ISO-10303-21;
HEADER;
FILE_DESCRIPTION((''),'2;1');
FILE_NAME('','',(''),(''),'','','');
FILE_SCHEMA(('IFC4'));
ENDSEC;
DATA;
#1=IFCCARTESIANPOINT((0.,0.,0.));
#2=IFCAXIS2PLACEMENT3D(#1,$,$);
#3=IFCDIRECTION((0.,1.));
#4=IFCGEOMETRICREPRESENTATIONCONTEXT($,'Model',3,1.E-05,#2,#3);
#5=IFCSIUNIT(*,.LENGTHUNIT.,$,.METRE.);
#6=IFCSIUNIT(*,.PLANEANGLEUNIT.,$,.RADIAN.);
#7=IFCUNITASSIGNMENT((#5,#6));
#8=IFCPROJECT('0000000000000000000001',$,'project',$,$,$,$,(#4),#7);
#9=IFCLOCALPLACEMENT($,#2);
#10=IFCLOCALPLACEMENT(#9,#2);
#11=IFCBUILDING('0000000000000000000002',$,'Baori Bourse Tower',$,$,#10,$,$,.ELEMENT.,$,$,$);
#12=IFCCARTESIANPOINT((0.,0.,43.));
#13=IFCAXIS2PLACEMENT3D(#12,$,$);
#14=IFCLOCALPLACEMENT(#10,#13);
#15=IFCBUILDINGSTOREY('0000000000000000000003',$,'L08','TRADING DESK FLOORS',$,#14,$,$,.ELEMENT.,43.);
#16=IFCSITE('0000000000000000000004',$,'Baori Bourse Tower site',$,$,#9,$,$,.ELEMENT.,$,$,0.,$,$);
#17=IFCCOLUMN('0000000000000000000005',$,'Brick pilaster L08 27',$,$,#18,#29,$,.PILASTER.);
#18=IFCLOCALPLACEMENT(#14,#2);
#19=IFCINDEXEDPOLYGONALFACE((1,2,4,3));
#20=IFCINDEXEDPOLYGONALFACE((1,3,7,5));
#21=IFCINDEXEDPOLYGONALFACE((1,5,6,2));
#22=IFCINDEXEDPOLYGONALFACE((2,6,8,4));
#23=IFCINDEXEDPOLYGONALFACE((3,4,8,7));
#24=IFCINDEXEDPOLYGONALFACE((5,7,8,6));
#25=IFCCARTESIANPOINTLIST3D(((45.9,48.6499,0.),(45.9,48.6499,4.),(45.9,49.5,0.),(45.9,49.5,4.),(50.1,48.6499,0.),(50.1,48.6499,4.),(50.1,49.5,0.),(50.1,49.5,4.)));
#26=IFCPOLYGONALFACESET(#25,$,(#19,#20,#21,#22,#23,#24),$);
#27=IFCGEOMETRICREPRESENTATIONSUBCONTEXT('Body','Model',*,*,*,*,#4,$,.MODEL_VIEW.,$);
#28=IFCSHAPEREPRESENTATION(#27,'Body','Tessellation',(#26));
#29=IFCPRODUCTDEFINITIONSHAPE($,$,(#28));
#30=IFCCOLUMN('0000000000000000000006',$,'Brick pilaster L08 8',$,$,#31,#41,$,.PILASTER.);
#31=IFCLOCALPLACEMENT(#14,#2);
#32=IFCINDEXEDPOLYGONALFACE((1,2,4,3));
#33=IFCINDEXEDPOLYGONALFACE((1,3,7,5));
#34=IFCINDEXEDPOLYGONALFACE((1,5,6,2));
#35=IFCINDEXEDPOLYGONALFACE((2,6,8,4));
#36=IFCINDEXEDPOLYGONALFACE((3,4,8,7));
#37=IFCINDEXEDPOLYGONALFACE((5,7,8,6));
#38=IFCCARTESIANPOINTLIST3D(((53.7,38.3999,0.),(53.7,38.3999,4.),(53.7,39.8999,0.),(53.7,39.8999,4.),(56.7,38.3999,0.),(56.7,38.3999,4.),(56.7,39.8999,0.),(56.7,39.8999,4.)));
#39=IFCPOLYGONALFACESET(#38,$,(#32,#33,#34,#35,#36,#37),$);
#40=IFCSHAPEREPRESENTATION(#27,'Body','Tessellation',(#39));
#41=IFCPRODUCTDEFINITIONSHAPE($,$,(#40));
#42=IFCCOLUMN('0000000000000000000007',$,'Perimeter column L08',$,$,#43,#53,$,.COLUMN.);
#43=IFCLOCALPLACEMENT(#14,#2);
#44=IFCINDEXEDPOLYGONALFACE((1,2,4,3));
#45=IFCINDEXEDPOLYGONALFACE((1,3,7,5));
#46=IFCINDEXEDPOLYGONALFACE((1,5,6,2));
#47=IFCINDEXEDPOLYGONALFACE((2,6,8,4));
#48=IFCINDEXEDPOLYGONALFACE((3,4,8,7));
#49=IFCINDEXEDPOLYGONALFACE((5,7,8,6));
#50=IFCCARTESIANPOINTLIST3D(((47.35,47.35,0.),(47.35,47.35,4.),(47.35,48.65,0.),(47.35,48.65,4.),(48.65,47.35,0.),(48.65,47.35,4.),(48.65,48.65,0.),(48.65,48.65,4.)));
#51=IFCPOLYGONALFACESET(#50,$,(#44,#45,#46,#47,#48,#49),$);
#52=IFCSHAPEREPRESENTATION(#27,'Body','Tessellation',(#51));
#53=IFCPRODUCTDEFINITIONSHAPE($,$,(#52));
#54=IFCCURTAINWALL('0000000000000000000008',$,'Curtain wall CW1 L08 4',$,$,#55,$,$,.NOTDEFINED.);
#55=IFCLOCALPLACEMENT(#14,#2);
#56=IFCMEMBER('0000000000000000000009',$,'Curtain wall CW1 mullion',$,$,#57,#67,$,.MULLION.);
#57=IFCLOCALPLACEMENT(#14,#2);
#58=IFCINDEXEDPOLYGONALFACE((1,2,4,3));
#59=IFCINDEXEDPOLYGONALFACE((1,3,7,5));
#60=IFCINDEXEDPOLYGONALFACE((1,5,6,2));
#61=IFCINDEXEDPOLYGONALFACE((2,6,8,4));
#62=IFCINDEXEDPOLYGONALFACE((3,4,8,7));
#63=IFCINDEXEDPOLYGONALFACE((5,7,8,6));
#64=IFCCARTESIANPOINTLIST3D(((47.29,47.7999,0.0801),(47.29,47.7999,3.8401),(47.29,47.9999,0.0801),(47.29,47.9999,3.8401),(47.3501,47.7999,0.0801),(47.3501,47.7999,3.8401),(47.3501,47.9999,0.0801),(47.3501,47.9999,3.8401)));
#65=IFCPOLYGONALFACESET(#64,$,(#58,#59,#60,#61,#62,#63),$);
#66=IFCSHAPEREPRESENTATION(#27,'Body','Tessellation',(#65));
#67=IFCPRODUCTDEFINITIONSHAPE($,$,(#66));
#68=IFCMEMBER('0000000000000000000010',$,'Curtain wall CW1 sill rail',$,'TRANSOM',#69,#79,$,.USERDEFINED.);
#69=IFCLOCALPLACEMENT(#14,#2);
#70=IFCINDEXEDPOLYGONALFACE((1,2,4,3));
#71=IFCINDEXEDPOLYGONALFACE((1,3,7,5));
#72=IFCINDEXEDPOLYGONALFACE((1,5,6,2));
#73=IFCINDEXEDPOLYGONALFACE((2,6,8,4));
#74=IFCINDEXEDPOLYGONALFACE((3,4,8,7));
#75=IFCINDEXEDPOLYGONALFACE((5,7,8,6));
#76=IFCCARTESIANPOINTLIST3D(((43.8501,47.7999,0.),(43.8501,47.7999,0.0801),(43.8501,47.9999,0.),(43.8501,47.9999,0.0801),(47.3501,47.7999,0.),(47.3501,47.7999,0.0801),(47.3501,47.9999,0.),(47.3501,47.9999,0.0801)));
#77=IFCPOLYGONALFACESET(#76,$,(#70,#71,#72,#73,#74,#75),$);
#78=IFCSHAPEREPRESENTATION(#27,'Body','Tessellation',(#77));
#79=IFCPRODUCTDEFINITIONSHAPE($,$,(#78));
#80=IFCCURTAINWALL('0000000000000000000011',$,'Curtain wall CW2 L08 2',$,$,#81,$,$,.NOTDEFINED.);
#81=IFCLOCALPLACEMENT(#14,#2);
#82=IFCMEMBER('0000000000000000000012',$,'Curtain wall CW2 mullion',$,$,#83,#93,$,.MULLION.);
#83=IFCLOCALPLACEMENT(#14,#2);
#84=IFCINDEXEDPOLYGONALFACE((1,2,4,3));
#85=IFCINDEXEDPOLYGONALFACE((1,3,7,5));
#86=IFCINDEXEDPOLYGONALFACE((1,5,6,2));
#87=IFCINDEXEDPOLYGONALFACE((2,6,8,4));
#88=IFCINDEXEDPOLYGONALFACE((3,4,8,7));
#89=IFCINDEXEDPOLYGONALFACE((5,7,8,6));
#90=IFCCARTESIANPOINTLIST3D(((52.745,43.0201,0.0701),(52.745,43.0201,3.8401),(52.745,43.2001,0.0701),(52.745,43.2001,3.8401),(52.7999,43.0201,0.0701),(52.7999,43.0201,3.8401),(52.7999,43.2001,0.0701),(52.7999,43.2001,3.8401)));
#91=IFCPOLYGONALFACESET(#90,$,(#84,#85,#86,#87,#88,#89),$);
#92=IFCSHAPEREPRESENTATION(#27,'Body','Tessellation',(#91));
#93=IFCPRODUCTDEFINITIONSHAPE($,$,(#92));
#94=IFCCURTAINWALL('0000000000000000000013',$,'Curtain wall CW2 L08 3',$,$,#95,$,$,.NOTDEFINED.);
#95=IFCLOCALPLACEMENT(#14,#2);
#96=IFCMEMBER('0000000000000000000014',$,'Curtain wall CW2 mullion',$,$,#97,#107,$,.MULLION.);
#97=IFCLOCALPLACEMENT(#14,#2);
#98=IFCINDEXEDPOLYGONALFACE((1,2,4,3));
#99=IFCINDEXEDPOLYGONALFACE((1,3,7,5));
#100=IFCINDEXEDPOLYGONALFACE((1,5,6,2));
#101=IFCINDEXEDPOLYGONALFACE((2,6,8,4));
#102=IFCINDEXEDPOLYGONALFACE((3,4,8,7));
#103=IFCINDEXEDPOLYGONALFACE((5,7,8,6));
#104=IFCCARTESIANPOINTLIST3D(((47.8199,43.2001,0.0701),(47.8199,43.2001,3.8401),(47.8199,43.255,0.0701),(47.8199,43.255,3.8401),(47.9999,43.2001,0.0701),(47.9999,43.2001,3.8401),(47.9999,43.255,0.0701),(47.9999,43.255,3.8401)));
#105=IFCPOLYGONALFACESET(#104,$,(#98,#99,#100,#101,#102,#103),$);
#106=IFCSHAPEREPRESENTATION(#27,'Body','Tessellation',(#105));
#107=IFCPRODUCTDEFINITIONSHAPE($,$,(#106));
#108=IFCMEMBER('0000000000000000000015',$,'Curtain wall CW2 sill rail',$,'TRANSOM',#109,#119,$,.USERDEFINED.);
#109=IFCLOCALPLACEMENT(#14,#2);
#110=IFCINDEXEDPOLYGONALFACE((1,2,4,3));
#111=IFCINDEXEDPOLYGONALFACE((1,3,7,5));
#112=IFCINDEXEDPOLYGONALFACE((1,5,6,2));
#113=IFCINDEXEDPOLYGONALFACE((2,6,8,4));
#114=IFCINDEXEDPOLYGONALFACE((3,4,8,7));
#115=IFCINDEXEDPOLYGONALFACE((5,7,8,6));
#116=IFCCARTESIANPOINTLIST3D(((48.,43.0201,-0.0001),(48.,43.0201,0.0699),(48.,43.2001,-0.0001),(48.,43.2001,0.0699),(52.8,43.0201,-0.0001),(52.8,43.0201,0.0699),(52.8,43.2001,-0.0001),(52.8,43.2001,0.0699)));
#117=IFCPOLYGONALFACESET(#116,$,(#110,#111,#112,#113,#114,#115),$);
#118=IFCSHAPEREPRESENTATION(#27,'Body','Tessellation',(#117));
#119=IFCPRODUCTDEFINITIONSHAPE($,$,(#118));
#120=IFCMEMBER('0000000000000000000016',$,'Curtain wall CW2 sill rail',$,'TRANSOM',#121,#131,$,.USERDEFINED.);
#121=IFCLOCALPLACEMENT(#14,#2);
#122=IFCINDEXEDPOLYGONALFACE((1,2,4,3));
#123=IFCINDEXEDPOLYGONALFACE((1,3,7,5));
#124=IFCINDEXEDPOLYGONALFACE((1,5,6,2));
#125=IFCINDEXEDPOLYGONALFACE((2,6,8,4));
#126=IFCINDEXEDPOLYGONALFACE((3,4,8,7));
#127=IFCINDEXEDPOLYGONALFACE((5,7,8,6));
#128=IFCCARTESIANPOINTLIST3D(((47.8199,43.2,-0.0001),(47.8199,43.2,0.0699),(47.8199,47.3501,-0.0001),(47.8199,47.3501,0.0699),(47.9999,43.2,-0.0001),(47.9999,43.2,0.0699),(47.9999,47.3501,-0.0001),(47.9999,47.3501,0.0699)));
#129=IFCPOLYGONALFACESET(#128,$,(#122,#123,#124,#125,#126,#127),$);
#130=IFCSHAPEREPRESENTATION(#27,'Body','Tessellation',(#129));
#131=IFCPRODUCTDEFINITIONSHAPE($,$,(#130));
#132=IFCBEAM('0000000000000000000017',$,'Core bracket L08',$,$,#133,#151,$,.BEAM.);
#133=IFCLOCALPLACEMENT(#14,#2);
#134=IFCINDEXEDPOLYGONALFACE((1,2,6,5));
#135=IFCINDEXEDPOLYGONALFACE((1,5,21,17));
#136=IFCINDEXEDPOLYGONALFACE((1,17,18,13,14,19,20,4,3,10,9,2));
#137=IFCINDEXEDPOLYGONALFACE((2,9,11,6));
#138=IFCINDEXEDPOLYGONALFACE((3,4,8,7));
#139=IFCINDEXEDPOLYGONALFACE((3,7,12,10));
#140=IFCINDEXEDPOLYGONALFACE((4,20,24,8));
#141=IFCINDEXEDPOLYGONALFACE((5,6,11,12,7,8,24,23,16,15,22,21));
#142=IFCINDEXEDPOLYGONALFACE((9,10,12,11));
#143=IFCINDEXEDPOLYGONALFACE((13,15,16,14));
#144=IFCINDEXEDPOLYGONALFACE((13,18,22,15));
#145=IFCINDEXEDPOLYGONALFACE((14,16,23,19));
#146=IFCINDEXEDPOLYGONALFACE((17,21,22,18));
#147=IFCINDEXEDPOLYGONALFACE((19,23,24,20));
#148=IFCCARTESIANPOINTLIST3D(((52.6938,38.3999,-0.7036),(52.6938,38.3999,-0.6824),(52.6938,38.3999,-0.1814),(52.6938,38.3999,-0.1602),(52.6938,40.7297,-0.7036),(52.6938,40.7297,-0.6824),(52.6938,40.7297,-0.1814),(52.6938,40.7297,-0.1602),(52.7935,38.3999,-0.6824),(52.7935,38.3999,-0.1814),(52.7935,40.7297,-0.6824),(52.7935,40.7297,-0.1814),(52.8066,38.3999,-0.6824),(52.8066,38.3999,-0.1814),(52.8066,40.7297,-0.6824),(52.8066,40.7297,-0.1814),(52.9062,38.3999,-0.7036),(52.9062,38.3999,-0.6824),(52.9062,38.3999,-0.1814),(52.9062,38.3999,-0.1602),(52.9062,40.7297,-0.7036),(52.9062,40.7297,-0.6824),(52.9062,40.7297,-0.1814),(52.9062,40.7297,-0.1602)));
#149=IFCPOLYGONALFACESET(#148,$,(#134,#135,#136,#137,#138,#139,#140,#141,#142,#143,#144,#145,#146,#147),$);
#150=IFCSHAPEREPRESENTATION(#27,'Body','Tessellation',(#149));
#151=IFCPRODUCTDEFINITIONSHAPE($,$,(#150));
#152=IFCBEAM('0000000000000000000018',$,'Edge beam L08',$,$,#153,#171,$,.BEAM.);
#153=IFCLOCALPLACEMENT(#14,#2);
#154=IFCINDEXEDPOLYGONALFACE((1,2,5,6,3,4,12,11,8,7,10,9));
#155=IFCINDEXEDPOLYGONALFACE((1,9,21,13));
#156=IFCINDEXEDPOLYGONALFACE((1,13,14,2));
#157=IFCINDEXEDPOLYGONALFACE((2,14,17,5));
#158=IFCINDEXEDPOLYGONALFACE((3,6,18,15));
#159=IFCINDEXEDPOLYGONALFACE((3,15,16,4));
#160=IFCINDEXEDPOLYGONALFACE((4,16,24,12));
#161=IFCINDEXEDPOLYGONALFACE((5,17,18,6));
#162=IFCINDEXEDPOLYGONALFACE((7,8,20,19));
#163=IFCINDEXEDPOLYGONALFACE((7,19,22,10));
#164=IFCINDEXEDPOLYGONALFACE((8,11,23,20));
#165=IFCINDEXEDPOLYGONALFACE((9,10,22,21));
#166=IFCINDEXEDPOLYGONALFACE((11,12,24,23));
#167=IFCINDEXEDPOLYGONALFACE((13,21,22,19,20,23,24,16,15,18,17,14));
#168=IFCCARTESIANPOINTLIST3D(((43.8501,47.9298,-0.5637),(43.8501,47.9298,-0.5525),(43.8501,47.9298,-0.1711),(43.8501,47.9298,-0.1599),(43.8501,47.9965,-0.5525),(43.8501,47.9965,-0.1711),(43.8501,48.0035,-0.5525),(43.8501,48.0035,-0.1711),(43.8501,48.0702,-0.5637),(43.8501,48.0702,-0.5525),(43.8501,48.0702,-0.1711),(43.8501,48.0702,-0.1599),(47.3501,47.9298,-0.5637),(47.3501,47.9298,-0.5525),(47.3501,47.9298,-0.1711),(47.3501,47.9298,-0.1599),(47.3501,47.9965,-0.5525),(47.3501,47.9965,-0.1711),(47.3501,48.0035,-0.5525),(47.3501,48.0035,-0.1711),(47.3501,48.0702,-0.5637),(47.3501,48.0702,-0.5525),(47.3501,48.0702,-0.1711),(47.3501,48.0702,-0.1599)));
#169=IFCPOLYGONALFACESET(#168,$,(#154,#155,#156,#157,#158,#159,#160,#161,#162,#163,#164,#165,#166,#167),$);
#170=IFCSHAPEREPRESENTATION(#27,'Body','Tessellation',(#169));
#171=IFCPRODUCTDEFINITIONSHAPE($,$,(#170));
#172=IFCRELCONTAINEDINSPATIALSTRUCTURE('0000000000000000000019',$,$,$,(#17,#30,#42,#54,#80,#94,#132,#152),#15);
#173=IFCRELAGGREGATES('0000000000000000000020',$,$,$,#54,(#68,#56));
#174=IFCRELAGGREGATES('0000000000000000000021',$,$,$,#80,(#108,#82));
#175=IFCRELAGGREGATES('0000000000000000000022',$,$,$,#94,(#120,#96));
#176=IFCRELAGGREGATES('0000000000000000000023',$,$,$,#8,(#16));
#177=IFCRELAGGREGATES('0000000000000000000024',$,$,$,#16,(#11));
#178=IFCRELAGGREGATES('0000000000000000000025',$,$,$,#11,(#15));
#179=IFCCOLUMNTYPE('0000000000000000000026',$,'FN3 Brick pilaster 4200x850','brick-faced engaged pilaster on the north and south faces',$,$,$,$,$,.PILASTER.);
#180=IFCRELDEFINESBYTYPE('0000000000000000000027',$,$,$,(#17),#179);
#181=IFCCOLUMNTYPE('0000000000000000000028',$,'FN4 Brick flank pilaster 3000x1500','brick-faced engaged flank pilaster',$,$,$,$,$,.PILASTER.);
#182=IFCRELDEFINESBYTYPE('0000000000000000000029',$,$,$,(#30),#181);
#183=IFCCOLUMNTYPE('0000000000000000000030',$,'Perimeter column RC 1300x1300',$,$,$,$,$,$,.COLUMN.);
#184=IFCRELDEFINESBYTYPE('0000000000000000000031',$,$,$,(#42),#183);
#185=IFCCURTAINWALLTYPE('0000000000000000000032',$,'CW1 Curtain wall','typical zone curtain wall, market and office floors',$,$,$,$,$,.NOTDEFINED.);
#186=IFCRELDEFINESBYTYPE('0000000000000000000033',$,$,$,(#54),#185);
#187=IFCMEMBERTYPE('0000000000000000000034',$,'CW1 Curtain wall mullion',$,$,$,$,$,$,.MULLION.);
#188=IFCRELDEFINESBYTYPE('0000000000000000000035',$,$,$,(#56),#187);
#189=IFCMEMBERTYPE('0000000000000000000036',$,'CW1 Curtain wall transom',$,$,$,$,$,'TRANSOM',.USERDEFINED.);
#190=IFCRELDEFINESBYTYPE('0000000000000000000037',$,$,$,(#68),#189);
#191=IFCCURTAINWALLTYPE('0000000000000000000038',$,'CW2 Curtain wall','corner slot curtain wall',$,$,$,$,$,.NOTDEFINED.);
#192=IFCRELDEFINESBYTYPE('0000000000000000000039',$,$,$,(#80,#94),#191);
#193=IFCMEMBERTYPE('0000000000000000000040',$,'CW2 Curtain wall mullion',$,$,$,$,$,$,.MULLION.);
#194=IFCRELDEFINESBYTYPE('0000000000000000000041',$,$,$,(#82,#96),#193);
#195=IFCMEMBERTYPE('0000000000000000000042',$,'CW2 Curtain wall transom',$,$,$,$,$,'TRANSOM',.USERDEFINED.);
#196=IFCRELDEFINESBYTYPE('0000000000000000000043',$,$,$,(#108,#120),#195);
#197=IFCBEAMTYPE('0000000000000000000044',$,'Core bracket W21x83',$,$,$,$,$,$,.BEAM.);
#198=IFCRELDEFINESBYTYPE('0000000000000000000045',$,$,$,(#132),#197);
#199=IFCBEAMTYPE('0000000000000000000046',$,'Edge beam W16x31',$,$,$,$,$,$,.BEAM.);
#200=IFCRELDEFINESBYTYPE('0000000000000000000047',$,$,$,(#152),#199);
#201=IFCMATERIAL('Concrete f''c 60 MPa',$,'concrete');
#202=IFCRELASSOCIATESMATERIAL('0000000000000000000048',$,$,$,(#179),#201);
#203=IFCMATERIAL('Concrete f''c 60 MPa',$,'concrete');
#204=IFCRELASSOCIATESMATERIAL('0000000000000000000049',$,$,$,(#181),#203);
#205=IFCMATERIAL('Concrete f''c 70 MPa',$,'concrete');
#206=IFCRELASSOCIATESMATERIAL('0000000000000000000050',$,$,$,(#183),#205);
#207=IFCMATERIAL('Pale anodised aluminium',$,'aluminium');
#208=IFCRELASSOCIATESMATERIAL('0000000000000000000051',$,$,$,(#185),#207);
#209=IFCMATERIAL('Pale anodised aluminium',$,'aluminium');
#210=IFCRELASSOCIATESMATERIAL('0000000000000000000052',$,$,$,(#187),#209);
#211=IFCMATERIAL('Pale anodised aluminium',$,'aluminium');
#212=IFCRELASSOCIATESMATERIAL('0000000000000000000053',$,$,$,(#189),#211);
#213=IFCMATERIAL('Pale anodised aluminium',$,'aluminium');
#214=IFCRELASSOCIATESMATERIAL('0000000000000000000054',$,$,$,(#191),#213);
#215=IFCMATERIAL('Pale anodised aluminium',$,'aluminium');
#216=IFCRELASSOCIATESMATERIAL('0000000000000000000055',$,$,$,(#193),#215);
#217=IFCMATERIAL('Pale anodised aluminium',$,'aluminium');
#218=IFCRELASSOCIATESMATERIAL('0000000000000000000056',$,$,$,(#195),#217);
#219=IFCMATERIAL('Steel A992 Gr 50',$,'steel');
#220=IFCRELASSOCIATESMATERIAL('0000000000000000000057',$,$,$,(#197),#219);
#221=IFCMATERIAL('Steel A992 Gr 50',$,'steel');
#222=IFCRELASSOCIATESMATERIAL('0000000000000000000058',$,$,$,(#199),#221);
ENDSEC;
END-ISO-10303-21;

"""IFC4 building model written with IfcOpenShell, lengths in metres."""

from ifc_helpers import new_model, si_unit, direction, frame, origin, origin_2d, place, context, subcontext, project, spatial, rectangle, i_section, extrude, material, material_profile, profile_set, type_object, element, aggregate, save


model = new_model("IFC4")

# Units and contexts
model_context = context("Model", 3, precision=1e-05, world=origin(), true_north=direction((0.0, 1.0)))
body_context = subcontext(model_context, "Body", "Model", "MODEL_VIEW")
ifc_project = project(units=[si_unit("LENGTHUNIT", "METRE"), si_unit("PLANEANGLEUNIT", "RADIAN")], contexts=[model_context])

# Site, building, storey
site_placement = place(None, origin())
site = spatial("IfcSite", under=ifc_project, at=site_placement, Name="Baori Bourse Tower site", CompositionType="ELEMENT", RefElevation=0.0)
building_placement = place(site_placement, origin())
building = spatial("IfcBuilding", under=site, at=building_placement, Name="Baori Bourse Tower", CompositionType="ELEMENT")
storey_placement = place(building_placement, frame((0.0, 0.0, 43.0)))
storey = spatial("IfcBuildingStorey", under=building, at=storey_placement, Name="L08", Description="TRADING DESK FLOORS", CompositionType="ELEMENT", Elevation=43.0)

# Columns
ifc_material_1 = material(Name="Concrete f'c 60 MPa", Category="concrete")
ifc_material_profile_1 = material_profile(ifc_material_1, rectangle(XDim=4.2, YDim=0.8501, at=origin_2d()), Name="RC 4200x850")
ifc_profile_set_1 = profile_set([ifc_material_profile_1], Name="Concrete f'c 60 MPa")
column_type_1 = type_object("IfcColumnType", Name="FN3 Brick pilaster 4200x850", Description="brick-faced engaged pilaster on the north and south faces", PredefinedType="PILASTER", material=ifc_profile_set_1)
column_1_placement = place(storey_placement, frame((48.0, 49.075, 0.0), z_axis=(0.0, 0.0, 1.0), x_axis=(1.0, 0.0, 0.0)))
element("IfcColumn", 1, at=column_1_placement, inside=storey, type_object=column_type_1, Name="Brick pilaster L08 27", PredefinedType="PILASTER", context=body_context, shape_type="SweptSolid", body=[
    extrude(rectangle(XDim=4.2, YDim=0.8501, at=origin_2d()), origin(), (0.0, 0.0, 1.0), 4.0),
])
ifc_material_2 = material(Name="Concrete f'c 60 MPa", Category="concrete")
ifc_material_profile_2 = material_profile(ifc_material_2, rectangle(XDim=3.0, YDim=1.5, at=origin_2d()), Name="RC 3000x1500")
ifc_profile_set_2 = profile_set([ifc_material_profile_2], Name="Concrete f'c 60 MPa")
column_type_2 = type_object("IfcColumnType", Name="FN4 Brick flank pilaster 3000x1500", Description="brick-faced engaged flank pilaster", PredefinedType="PILASTER", material=ifc_profile_set_2)
column_2_placement = place(storey_placement, frame((55.2, 39.1499, 0.0), z_axis=(0.0, 0.0, 1.0), x_axis=(1.0, 0.0, 0.0)))
element("IfcColumn", 2, at=column_2_placement, inside=storey, type_object=column_type_2, Name="Brick pilaster L08 8", PredefinedType="PILASTER", context=body_context, shape_type="SweptSolid", body=[
    extrude(rectangle(XDim=3.0, YDim=1.5, at=origin_2d()), origin(), (0.0, 0.0, 1.0), 4.0),
])
ifc_material_3 = material(Name="Concrete f'c 70 MPa", Category="concrete")
ifc_material_profile_3 = material_profile(ifc_material_3, rectangle(XDim=1.3, YDim=1.3, at=origin_2d()), Name="RC 1300x1300")
ifc_profile_set_3 = profile_set([ifc_material_profile_3], Name="Concrete f'c 70 MPa")
column_type_3 = type_object("IfcColumnType", Name="Perimeter column RC 1300x1300", PredefinedType="COLUMN", material=ifc_profile_set_3)
column_3_placement = place(storey_placement, frame((48.0, 48.0, 0.0), z_axis=(0.0, 0.0, 1.0), x_axis=(1.0, 0.0, 0.0)))
element("IfcColumn", 3, at=column_3_placement, inside=storey, type_object=column_type_3, Name="Perimeter column L08", PredefinedType="COLUMN", context=body_context, shape_type="SweptSolid", body=[
    extrude(rectangle(XDim=1.3, YDim=1.3, at=origin_2d()), origin(), (0.0, 0.0, 1.0), 4.0),
])

# Curtain wall, members
ifc_material_4 = material(Name="Pale anodised aluminium", Category="aluminium")
curtain_wall_type_1 = type_object("IfcCurtainWallType", Name="CW1 Curtain wall", Description="typical zone curtain wall, market and office floors", PredefinedType="NOTDEFINED", material=ifc_material_4)
curtain_wall_1_placement = place(storey_placement, origin())
curtain_wall_1 = element("IfcCurtainWall", 4, at=curtain_wall_1_placement, inside=storey, type_object=curtain_wall_type_1, Name="Curtain wall CW1 L08 4", PredefinedType="NOTDEFINED")
ifc_material_5 = material(Name="Pale anodised aluminium", Category="aluminium")
ifc_material_profile_4 = material_profile(ifc_material_5, rectangle(XDim=0.2, YDim=0.0601, at=origin_2d()), Name="Mullion 60x200")
ifc_profile_set_4 = profile_set([ifc_material_profile_4], Name="Pale anodised aluminium")
member_type_1 = type_object("IfcMemberType", Name="CW1 Curtain wall mullion", PredefinedType="MULLION", material=ifc_profile_set_4)
member_1_placement = place(storey_placement, frame((47.3201, 47.8999, 0.0801), z_axis=(0.0, 0.0, 1.0), x_axis=(0.0, -1.0, 0.0)))
member_1 = element("IfcMember", 5, at=member_1_placement, type_object=member_type_1, Name="Curtain wall CW1 mullion", PredefinedType="MULLION", context=body_context, shape_type="SweptSolid", body=[
    extrude(rectangle(XDim=0.2, YDim=0.0601, at=origin_2d()), origin(), (0.0, 0.0, 1.0), 3.76),
])
ifc_material_6 = material(Name="Pale anodised aluminium", Category="aluminium")
ifc_material_profile_5 = material_profile(ifc_material_6, rectangle(XDim=0.2, YDim=0.0801, at=origin_2d()), Name="Transom 80x200")
ifc_profile_set_5 = profile_set([ifc_material_profile_5], Name="Pale anodised aluminium")
member_type_2 = type_object("IfcMemberType", Name="CW1 Curtain wall transom", ElementType="TRANSOM", PredefinedType="USERDEFINED", material=ifc_profile_set_5)
member_2_placement = place(storey_placement, frame((47.3501, 47.8999, 0.04), z_axis=(-1.0, 0.0, 0.0), x_axis=(0.0, -1.0, 0.0)))
member_2 = element("IfcMember", 6, at=member_2_placement, type_object=member_type_2, Name="Curtain wall CW1 sill rail", ObjectType="TRANSOM", PredefinedType="USERDEFINED", context=body_context, shape_type="SweptSolid", body=[
    extrude(rectangle(XDim=0.2, YDim=0.0801, at=origin_2d()), origin(), (0.0, 0.0, 1.0), 3.5),
])

# Curtain walls, members
ifc_material_7 = material(Name="Pale anodised aluminium", Category="aluminium")
curtain_wall_type_2 = type_object("IfcCurtainWallType", Name="CW2 Curtain wall", Description="corner slot curtain wall", PredefinedType="NOTDEFINED", material=ifc_material_7)
curtain_wall_2_placement = place(storey_placement, origin())
curtain_wall_2 = element("IfcCurtainWall", 7, at=curtain_wall_2_placement, inside=storey, type_object=curtain_wall_type_2, Name="Curtain wall CW2 L08 2", PredefinedType="NOTDEFINED")
ifc_material_8 = material(Name="Pale anodised aluminium", Category="aluminium")
ifc_material_profile_6 = material_profile(ifc_material_8, rectangle(XDim=0.1799, YDim=0.0549, at=origin_2d()), Name="Mullion 55x180")
ifc_profile_set_6 = profile_set([ifc_material_profile_6], Name="Pale anodised aluminium")
member_type_3 = type_object("IfcMemberType", Name="CW2 Curtain wall mullion", PredefinedType="MULLION", material=ifc_profile_set_6)
member_3_placement = place(storey_placement, frame((52.7725, 43.1101, 0.0701), z_axis=(0.0, 0.0, 1.0), x_axis=(0.0, -1.0, 0.0)))
member_3 = element("IfcMember", 8, at=member_3_placement, type_object=member_type_3, Name="Curtain wall CW2 mullion", PredefinedType="MULLION", context=body_context, shape_type="SweptSolid", body=[
    extrude(rectangle(XDim=0.1799, YDim=0.0549, at=origin_2d()), origin(), (0.0, 0.0, 1.0), 3.77),
])
curtain_wall_3_placement = place(storey_placement, origin())
curtain_wall_3 = element("IfcCurtainWall", 9, at=curtain_wall_3_placement, inside=storey, type_object=curtain_wall_type_2, Name="Curtain wall CW2 L08 3", PredefinedType="NOTDEFINED")
member_4_placement = place(storey_placement, frame((47.9099, 43.2275, 0.0701), z_axis=(0.0, 0.0, 1.0), x_axis=(-1.0, 0.0, 0.0)))
member_4 = element("IfcMember", 10, at=member_4_placement, type_object=member_type_3, Name="Curtain wall CW2 mullion", PredefinedType="MULLION", context=body_context, shape_type="SweptSolid", body=[
    extrude(rectangle(XDim=0.1799, YDim=0.0549, at=origin_2d()), origin(), (0.0, 0.0, 1.0), 3.77),
])

# Members
ifc_material_9 = material(Name="Pale anodised aluminium", Category="aluminium")
ifc_material_profile_7 = material_profile(ifc_material_9, rectangle(XDim=0.1799, YDim=0.0701, at=origin_2d()), Name="Transom 70x180")
ifc_profile_set_7 = profile_set([ifc_material_profile_7], Name="Pale anodised aluminium")
member_type_4 = type_object("IfcMemberType", Name="CW2 Curtain wall transom", ElementType="TRANSOM", PredefinedType="USERDEFINED", material=ifc_profile_set_7)
member_5_placement = place(storey_placement, frame((52.8, 43.1101, 0.0349), z_axis=(-1.0, 0.0, 0.0), x_axis=(0.0, -1.0, 0.0)))
member_5 = element("IfcMember", 11, at=member_5_placement, type_object=member_type_4, Name="Curtain wall CW2 sill rail", ObjectType="TRANSOM", PredefinedType="USERDEFINED", context=body_context, shape_type="SweptSolid", body=[
    extrude(rectangle(XDim=0.1799, YDim=0.0701, at=origin_2d()), origin(), (0.0, 0.0, 1.0), 4.8),
])
member_6_placement = place(storey_placement, frame((47.9099, 43.2, 0.0349), z_axis=(0.0, 1.0, 0.0), x_axis=(-1.0, 0.0, 0.0)))
member_6 = element("IfcMember", 12, at=member_6_placement, type_object=member_type_4, Name="Curtain wall CW2 sill rail", ObjectType="TRANSOM", PredefinedType="USERDEFINED", context=body_context, shape_type="SweptSolid", body=[
    extrude(rectangle(XDim=0.1799, YDim=0.0701, at=origin_2d()), origin(), (0.0, 0.0, 1.0), 4.1501),
])

# Beams
ifc_material_10 = material(Name="Steel A992 Gr 50", Category="steel")
ifc_material_profile_8 = material_profile(ifc_material_10, i_section(OverallWidth=0.2124, OverallDepth=0.5435, WebThickness=0.0132, FlangeThickness=0.0212, at=origin_2d()), Name="W21x83")
ifc_profile_set_8 = profile_set([ifc_material_profile_8], Name="Steel A992 Gr 50")
beam_type_1 = type_object("IfcBeamType", Name="Core bracket W21x83", PredefinedType="BEAM", material=ifc_profile_set_8)
beam_1_placement = place(storey_placement, frame((52.8, 38.3999, -0.4319), z_axis=(0.0, 1.0, 0.0), x_axis=(-1.0, 0.0, 0.0)))
element("IfcBeam", 13, at=beam_1_placement, inside=storey, type_object=beam_type_1, Name="Core bracket L08", PredefinedType="BEAM", context=body_context, shape_type="SweptSolid", body=[
    extrude(i_section(OverallWidth=0.2124, OverallDepth=0.5435, WebThickness=0.0132, FlangeThickness=0.0212, at=origin_2d()), origin(), (0.0, 0.0, 1.0), 2.3298),
])
ifc_material_11 = material(Name="Steel A992 Gr 50", Category="steel")
ifc_material_profile_9 = material_profile(ifc_material_11, i_section(OverallWidth=0.1404, OverallDepth=0.4038, WebThickness=0.0071, FlangeThickness=0.0112, at=origin_2d()), Name="W16x31")
ifc_profile_set_9 = profile_set([ifc_material_profile_9], Name="Steel A992 Gr 50")
beam_type_2 = type_object("IfcBeamType", Name="Edge beam W16x31", PredefinedType="BEAM", material=ifc_profile_set_9)
beam_2_placement = place(storey_placement, frame((43.8501, 48.0, -0.3618), z_axis=(1.0, 0.0, 0.0), x_axis=(0.0, 1.0, 0.0)))
element("IfcBeam", 14, at=beam_2_placement, inside=storey, type_object=beam_type_2, Name="Edge beam L08", PredefinedType="BEAM", context=body_context, shape_type="SweptSolid", body=[
    extrude(i_section(OverallWidth=0.1404, OverallDepth=0.4038, WebThickness=0.0071, FlangeThickness=0.0112, at=origin_2d()), origin(), (0.0, 0.0, 1.0), 3.5),
])

aggregate(curtain_wall_1, [member_2, member_1])

aggregate(curtain_wall_2, [member_5, member_3])
aggregate(curtain_wall_3, [member_6, member_4])

save(model, "model.ifc")
